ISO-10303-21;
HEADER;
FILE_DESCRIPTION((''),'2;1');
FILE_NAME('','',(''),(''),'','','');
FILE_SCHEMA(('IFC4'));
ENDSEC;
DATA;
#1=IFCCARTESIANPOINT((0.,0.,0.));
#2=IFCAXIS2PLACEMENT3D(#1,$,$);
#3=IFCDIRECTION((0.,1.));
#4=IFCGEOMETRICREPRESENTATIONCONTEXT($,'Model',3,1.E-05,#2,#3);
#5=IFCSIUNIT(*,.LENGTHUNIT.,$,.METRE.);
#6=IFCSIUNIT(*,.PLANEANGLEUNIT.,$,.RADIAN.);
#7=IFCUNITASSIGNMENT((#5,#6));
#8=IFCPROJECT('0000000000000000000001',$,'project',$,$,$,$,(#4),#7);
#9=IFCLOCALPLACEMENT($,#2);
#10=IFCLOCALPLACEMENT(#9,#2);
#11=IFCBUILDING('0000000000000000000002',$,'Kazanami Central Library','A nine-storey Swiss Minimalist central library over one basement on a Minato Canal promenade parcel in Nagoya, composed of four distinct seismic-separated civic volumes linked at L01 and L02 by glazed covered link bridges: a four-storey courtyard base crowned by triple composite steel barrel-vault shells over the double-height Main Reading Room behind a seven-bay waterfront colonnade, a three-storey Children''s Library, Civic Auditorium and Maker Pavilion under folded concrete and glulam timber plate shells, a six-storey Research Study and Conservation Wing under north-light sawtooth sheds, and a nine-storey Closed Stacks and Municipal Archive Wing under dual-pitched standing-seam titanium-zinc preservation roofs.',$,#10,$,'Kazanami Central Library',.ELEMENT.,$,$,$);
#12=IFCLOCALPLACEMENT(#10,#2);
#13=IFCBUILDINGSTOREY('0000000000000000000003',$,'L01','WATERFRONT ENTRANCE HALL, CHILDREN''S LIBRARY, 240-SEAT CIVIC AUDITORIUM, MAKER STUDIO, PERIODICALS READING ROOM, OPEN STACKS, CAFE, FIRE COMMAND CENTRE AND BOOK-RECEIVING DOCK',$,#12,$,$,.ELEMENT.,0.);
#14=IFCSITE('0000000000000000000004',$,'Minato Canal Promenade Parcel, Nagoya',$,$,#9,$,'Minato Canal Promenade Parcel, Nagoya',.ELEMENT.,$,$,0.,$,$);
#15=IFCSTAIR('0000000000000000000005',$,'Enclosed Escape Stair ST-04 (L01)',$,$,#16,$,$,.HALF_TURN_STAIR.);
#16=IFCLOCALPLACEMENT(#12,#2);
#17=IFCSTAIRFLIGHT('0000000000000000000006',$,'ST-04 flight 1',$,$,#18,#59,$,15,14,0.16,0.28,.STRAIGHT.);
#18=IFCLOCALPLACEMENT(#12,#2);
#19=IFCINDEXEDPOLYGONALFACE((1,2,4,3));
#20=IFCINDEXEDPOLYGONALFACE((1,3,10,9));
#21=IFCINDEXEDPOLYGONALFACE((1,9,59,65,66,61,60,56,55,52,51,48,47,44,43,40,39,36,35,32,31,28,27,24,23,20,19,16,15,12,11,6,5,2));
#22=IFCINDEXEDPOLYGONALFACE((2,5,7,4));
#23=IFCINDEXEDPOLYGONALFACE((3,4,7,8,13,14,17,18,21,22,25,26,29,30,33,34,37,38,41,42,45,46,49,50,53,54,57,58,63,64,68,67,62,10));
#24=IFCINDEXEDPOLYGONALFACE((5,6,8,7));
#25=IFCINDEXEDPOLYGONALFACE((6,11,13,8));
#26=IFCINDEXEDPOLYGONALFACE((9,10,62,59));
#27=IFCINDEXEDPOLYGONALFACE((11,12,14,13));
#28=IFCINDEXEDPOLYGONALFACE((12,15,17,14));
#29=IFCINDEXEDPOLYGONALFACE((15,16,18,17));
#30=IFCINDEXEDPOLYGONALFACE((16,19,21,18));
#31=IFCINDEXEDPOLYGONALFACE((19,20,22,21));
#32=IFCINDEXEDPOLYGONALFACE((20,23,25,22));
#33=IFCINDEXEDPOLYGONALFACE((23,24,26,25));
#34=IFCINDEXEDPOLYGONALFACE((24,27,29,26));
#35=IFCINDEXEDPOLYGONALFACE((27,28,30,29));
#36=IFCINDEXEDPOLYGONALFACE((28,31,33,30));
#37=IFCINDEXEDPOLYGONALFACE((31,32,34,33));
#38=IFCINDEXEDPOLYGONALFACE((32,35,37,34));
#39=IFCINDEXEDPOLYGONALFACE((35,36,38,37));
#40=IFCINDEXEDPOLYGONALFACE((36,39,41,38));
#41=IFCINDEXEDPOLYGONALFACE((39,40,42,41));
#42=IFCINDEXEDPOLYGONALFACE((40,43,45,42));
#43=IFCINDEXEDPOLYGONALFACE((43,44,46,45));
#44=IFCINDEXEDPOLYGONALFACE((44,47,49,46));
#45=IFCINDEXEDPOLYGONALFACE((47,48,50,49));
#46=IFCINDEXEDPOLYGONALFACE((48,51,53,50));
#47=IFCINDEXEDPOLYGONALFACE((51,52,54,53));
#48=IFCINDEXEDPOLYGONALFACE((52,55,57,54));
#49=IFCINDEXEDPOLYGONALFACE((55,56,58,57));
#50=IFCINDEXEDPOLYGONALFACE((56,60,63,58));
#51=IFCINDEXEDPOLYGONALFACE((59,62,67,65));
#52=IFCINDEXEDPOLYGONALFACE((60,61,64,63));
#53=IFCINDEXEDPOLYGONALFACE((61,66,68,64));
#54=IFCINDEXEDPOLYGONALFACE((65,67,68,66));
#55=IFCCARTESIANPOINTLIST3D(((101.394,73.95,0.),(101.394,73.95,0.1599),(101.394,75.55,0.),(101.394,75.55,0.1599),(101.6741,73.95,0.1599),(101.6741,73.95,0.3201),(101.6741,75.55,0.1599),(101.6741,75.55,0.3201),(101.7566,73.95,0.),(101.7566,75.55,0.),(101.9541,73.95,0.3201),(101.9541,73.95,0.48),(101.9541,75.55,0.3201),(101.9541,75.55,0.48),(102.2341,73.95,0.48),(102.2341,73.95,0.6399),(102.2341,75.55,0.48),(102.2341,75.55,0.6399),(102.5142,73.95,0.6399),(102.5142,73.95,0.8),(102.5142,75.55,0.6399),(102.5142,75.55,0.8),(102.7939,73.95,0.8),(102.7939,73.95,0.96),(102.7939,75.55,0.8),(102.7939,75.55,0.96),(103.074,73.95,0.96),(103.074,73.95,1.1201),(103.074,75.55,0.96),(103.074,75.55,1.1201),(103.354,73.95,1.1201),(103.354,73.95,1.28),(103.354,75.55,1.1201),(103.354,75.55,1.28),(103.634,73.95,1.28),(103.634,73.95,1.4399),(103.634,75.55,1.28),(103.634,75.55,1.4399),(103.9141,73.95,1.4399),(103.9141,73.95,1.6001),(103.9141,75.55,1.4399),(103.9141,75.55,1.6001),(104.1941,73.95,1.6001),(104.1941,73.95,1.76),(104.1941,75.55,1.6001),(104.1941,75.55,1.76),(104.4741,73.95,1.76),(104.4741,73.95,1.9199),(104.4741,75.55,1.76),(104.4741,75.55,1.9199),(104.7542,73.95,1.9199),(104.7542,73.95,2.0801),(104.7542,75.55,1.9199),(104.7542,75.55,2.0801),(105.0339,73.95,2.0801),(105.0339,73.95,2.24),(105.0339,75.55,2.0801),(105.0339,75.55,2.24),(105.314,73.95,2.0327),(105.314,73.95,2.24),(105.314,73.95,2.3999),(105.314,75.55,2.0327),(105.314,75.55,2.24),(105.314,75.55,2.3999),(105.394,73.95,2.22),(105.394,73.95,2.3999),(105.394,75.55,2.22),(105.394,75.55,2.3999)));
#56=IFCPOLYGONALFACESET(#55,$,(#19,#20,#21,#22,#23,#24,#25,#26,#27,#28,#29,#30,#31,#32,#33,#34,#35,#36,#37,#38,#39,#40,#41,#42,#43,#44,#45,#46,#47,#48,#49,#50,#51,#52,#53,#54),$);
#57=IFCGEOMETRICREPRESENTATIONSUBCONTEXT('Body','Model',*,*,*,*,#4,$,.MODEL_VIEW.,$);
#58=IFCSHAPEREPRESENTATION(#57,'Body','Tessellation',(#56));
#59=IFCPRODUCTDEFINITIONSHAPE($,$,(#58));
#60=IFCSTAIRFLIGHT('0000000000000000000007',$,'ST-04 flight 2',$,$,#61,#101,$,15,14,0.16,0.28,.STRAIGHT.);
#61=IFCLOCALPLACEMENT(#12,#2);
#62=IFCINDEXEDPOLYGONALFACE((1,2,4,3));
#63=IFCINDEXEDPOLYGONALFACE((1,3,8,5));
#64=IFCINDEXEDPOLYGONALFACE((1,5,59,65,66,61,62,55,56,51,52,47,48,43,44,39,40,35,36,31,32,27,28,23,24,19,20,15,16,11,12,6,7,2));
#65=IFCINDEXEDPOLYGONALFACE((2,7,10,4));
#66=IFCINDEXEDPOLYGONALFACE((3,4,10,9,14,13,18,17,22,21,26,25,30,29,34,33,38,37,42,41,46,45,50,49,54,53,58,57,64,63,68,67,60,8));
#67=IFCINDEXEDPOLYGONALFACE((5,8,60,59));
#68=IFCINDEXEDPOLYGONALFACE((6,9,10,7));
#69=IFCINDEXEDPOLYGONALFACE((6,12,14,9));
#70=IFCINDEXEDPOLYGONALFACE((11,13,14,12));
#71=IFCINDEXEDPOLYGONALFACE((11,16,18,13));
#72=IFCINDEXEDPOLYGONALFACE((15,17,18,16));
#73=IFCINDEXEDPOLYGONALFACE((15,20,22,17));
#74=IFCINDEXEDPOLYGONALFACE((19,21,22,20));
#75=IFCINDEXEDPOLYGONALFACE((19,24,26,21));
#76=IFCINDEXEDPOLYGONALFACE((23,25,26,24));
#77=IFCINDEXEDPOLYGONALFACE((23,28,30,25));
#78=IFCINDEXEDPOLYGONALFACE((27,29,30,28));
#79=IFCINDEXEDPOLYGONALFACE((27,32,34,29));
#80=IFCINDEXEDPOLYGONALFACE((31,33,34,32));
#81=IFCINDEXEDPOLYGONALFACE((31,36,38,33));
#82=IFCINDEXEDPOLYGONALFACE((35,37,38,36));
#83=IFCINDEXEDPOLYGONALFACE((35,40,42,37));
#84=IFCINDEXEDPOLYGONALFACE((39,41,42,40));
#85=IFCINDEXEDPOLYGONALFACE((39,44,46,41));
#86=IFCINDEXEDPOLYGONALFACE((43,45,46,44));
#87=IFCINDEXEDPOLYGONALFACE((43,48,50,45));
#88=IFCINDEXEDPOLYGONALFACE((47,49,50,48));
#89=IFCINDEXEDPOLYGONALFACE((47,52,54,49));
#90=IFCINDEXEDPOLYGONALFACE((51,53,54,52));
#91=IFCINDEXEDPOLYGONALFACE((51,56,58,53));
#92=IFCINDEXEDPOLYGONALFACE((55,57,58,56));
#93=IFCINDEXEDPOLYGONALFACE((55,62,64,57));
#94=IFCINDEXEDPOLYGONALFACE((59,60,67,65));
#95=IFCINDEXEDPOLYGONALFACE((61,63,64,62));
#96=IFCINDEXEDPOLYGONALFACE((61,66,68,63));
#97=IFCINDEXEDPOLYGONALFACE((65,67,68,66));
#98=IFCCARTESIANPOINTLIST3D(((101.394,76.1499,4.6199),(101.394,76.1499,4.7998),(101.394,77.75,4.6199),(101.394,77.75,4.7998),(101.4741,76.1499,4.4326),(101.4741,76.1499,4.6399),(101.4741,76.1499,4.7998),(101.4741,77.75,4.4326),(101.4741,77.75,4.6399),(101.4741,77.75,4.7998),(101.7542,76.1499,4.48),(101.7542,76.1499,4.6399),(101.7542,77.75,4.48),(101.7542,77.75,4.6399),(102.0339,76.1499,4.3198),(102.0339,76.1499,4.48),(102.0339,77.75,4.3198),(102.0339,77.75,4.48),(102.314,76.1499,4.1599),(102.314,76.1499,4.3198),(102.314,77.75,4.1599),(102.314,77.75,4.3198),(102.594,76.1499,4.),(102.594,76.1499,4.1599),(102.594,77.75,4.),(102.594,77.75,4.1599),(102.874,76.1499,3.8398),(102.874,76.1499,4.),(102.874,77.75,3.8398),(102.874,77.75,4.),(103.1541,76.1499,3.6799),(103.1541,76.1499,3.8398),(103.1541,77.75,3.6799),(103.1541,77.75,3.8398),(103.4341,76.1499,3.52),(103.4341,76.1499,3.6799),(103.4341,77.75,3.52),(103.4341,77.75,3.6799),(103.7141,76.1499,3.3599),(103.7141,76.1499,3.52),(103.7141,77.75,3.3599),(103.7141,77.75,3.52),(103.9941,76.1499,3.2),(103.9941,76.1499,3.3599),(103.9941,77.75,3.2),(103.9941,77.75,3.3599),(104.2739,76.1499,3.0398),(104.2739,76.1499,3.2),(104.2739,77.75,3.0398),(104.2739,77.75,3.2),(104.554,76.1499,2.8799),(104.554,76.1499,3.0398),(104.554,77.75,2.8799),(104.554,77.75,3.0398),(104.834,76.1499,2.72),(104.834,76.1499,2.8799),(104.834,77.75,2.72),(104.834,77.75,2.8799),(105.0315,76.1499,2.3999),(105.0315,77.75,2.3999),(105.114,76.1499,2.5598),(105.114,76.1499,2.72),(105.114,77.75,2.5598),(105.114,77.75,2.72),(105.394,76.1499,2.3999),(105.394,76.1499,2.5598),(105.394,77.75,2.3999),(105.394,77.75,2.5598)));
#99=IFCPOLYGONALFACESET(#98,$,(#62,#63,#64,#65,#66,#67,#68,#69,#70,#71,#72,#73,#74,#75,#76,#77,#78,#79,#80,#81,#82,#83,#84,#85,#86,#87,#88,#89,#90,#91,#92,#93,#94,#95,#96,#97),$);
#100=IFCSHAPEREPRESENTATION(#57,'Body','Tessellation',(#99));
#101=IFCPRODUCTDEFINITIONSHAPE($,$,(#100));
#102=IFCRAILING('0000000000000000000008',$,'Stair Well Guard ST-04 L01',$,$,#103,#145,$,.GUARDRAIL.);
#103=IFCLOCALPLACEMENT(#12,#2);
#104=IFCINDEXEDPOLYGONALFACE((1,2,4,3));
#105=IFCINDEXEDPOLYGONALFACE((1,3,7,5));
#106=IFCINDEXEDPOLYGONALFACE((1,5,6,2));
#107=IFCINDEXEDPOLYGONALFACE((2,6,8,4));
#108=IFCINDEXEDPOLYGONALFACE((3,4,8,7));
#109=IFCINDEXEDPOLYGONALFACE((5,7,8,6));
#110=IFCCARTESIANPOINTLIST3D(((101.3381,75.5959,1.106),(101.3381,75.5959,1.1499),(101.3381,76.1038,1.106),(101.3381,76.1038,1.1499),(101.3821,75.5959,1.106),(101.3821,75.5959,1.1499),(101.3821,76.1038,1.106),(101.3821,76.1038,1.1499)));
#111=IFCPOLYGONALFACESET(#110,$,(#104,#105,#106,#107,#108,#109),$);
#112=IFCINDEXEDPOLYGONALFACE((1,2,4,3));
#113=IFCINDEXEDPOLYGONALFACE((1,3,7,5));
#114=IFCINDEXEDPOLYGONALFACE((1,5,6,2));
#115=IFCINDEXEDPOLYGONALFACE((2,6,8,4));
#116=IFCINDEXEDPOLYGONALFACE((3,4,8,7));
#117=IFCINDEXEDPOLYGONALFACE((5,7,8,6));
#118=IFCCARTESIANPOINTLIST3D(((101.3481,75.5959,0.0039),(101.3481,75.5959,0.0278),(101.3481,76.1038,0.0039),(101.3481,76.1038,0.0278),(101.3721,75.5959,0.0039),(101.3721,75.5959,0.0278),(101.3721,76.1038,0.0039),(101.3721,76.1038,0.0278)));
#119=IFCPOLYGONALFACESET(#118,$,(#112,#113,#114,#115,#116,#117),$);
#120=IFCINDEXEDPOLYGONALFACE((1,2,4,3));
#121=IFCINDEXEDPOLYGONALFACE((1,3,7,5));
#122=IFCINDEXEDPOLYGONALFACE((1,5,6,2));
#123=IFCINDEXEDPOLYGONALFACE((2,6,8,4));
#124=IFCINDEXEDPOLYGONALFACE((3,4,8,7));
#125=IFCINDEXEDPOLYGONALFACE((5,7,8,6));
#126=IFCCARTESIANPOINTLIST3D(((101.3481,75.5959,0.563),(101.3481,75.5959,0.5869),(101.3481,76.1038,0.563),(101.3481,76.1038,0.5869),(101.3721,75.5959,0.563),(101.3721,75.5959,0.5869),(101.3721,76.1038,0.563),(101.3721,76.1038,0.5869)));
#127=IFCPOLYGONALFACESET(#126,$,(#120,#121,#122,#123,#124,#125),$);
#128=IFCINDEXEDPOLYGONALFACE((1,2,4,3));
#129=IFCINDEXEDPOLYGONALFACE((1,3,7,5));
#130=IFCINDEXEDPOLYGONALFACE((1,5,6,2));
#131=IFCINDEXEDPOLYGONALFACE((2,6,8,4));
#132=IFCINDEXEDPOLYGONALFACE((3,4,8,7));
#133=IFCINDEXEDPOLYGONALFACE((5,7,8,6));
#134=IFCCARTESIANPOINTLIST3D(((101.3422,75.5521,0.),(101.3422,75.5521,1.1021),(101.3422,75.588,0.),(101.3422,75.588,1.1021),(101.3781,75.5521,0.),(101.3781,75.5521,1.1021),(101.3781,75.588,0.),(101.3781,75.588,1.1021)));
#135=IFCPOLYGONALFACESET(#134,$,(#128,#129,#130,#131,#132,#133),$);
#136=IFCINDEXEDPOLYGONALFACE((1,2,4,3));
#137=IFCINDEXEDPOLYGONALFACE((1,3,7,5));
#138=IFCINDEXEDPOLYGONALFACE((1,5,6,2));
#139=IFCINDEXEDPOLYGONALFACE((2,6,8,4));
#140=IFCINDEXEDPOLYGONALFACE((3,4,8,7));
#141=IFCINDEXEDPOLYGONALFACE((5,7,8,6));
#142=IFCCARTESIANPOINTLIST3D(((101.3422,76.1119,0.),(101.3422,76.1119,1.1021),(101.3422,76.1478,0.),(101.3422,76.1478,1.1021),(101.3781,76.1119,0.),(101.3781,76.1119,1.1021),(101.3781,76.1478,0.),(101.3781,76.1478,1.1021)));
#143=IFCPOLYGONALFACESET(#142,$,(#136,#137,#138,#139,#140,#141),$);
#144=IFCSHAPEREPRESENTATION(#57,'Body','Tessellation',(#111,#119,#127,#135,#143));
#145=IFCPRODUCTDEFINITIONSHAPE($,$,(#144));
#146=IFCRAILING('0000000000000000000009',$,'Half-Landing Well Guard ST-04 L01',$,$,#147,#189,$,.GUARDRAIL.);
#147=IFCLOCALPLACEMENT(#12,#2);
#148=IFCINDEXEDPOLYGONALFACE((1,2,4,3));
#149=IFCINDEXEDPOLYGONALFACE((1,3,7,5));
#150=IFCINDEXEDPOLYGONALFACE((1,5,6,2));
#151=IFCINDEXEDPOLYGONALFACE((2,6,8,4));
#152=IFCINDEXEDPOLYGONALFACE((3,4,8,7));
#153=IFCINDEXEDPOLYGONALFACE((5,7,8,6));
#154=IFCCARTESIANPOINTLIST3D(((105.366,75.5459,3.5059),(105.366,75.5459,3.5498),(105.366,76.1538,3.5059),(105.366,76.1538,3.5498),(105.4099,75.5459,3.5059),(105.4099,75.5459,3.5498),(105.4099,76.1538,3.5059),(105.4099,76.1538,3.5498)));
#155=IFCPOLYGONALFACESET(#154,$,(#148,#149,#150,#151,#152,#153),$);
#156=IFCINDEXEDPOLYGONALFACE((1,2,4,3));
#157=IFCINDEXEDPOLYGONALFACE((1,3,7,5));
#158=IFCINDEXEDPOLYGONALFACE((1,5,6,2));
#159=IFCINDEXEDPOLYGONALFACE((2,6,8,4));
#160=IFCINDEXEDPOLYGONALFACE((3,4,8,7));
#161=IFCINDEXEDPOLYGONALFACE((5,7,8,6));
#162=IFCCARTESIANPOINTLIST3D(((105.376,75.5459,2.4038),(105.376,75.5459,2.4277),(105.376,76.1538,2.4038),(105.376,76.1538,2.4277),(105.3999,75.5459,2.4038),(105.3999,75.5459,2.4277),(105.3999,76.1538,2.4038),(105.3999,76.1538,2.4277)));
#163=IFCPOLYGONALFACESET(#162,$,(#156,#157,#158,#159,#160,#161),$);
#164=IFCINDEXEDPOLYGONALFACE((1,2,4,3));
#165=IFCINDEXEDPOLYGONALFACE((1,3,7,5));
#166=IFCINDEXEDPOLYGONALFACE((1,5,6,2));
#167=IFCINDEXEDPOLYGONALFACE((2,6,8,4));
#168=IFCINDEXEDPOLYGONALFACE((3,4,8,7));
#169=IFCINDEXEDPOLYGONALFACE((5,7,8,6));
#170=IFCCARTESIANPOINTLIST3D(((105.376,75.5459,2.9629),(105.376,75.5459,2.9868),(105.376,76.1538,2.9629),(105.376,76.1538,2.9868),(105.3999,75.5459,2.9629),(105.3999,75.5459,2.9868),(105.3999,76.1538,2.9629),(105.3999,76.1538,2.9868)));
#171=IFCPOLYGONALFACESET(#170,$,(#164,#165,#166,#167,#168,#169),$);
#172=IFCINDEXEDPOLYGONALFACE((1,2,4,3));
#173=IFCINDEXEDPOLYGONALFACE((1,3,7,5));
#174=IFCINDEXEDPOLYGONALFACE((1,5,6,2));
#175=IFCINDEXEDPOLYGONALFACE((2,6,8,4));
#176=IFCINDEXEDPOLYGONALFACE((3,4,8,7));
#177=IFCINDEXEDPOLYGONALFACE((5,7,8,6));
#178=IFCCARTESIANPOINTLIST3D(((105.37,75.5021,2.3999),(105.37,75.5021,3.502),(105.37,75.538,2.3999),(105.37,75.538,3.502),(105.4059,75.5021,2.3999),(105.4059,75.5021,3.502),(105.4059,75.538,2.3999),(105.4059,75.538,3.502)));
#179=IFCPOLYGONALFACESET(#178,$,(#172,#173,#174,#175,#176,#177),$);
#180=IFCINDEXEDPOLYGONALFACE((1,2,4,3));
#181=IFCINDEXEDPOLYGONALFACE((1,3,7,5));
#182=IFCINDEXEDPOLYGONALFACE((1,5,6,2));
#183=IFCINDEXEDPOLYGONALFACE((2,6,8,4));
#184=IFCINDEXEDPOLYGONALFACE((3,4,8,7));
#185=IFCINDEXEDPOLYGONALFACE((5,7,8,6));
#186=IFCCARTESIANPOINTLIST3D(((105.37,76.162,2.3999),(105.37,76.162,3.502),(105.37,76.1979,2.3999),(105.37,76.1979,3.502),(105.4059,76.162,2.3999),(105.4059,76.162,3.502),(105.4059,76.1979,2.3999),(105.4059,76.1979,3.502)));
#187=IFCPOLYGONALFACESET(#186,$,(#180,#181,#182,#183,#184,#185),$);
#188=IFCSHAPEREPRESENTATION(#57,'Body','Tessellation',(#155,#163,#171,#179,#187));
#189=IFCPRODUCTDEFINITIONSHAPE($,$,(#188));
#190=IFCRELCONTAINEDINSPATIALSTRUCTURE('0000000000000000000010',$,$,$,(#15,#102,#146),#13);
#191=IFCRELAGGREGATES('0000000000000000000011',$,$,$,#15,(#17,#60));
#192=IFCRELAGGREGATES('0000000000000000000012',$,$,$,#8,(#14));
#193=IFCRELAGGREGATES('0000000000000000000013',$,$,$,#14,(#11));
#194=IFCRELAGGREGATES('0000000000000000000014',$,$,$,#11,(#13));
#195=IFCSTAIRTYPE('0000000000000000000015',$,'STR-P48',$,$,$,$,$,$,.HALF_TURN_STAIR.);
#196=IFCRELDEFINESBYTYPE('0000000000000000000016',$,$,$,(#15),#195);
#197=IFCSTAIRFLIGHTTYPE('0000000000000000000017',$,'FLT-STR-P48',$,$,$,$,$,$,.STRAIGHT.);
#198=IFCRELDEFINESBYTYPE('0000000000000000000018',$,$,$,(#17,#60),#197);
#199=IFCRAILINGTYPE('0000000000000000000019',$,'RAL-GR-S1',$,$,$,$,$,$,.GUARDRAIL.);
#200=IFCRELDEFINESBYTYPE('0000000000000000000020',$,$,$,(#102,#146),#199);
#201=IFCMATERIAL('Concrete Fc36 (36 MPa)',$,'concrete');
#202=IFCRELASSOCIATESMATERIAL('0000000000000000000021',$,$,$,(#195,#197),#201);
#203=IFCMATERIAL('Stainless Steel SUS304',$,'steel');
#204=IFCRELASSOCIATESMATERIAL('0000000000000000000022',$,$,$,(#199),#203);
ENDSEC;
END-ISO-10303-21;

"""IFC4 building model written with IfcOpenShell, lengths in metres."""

from ifc_helpers import new_model, si_unit, direction, frame, origin, origin_2d, place, context, subcontext, project, spatial, polyline, rectangle, outline, extrude, material, type_object, element, aggregate, save


model = new_model("IFC4")

# Units and contexts
model_context = context("Model", 3, precision=1e-05, world=origin(), true_north=direction((0.0, 1.0)))
body_context = subcontext(model_context, "Body", "Model", "MODEL_VIEW")
ifc_project = project(units=[si_unit("LENGTHUNIT", "METRE"), si_unit("PLANEANGLEUNIT", "RADIAN")], contexts=[model_context])

# Site, building, storey
site_placement = place(None, origin())
site = spatial("IfcSite", under=ifc_project, at=site_placement, Name="Minato Canal Promenade Parcel, Nagoya", LongName="Minato Canal Promenade Parcel, Nagoya", CompositionType="ELEMENT", RefElevation=0.0)
building_placement = place(site_placement, origin())
building = spatial("IfcBuilding", under=site, at=building_placement, Name="Kazanami Central Library", Description="A nine-storey Swiss Minimalist central library over one basement on a Minato Canal promenade parcel in Nagoya, composed of four distinct seismic-separated civic volumes linked at L01 and L02 by glazed covered link bridges: a four-storey courtyard base crowned by triple composite steel barrel-vault shells over the double-height Main Reading Room behind a seven-bay waterfront colonnade, a three-storey Children's Library, Civic Auditorium and Maker Pavilion under folded concrete and glulam timber plate shells, a six-storey Research Study and Conservation Wing under north-light sawtooth sheds, and a nine-storey Closed Stacks and Municipal Archive Wing under dual-pitched standing-seam titanium-zinc preservation roofs.", LongName="Kazanami Central Library", CompositionType="ELEMENT")
storey_placement = place(building_placement, origin())
storey = spatial("IfcBuildingStorey", under=building, at=storey_placement, Name="L01", Description="WATERFRONT ENTRANCE HALL, CHILDREN'S LIBRARY, 240-SEAT CIVIC AUDITORIUM, MAKER STUDIO, PERIODICALS READING ROOM, OPEN STACKS, CAFE, FIRE COMMAND CENTRE AND BOOK-RECEIVING DOCK", CompositionType="ELEMENT", Elevation=0.0)

# Shared definitions
ifc_material_1 = material(Name="Concrete Fc36 (36 MPa)", Category="concrete")

# Shared definitions
ifc_material_2 = material(Name="Stainless Steel SUS304", Category="steel")

# Stair, stair flights
stair_type = type_object("IfcStairType", Name="STR-P48", PredefinedType="HALF_TURN_STAIR", material=ifc_material_1)
stair_placement = place(storey_placement, origin())
stair = element("IfcStair", 1, at=stair_placement, inside=storey, type_object=stair_type, Name="Enclosed Escape Stair ST-04 (L01)", PredefinedType="HALF_TURN_STAIR")
stair_flight_type = type_object("IfcStairFlightType", Name="FLT-STR-P48", PredefinedType="STRAIGHT", material=ifc_material_1)
stair_flight_1_placement = place(storey_placement, frame((101.394, 74.75, 0.0), z_axis=(0.0, 0.0, 1.0), x_axis=(1.0, 0.0, 0.0)))
stair_flight_1 = element("IfcStairFlight", 2, at=stair_flight_1_placement, type_object=stair_flight_type, Name="ST-04 flight 1", NumberOfRisers=15, NumberOfTreads=14, PredefinedType="STRAIGHT", RiserHeight=0.16, TreadLength=0.28, context=body_context, shape_type="SweptSolid", body=[
    extrude(outline(polyline([(0.0, 0.0), (0.0, 0.1599), (0.28, 0.1599), (0.28, 0.3201), (0.5601, 0.3201), (0.5601, 0.48), (0.8401, 0.48), (0.8401, 0.6399), (1.1201, 0.6399), (1.1201, 0.8), (1.3999, 0.8), (1.3999, 0.96), (1.6799, 0.96), (1.6799, 1.1201), (1.96, 1.1201), (1.96, 1.28), (2.24, 1.28), (2.24, 1.4399), (2.52, 1.4399), (2.52, 1.6001), (2.8, 1.6001), (2.8, 1.76), (3.0801, 1.76), (3.0801, 1.9199), (3.3601, 1.9199), (3.3601, 2.0801), (3.6399, 2.0801), (3.6399, 2.24), (3.9199, 2.24), (3.9199, 2.3999), (4.0, 2.3999), (4.0, 2.22), (3.9199, 2.0327), (0.3625, 0.0), (0.0, 0.0)])), frame((0.0, 0.8, 0.0), z_axis=(0.0, -1.0, 0.0), x_axis=(1.0, 0.0, 0.0)), (0.0, 0.0, 1.0), 1.6001),
])
stair_flight_2_placement = place(storey_placement, frame((105.394, 76.95, 2.3999), z_axis=(0.0, 0.0, 1.0), x_axis=(-1.0, 0.0, 0.0)))
stair_flight_2 = element("IfcStairFlight", 3, at=stair_flight_2_placement, type_object=stair_flight_type, Name="ST-04 flight 2", NumberOfRisers=15, NumberOfTreads=14, PredefinedType="STRAIGHT", RiserHeight=0.16, TreadLength=0.28, context=body_context, shape_type="SweptSolid", body=[
    extrude(outline(polyline([(0.0, 0.0), (0.0, 0.1599), (0.28, 0.1599), (0.28, 0.3201), (0.5601, 0.3201), (0.5601, 0.48), (0.8401, 0.48), (0.8401, 0.6399), (1.1201, 0.6399), (1.1201, 0.8), (1.3999, 0.8), (1.3999, 0.96), (1.6799, 0.96), (1.6799, 1.1201), (1.96, 1.1201), (1.96, 1.28), (2.24, 1.28), (2.24, 1.4399), (2.52, 1.4399), (2.52, 1.6001), (2.8, 1.6001), (2.8, 1.76), (3.0801, 1.76), (3.0801, 1.9199), (3.3601, 1.9199), (3.3601, 2.0801), (3.6399, 2.0801), (3.6399, 2.24), (3.9199, 2.24), (3.9199, 2.3999), (4.0, 2.3999), (4.0, 2.22), (3.9199, 2.0327), (0.3625, 0.0), (0.0, 0.0)])), frame((0.0, 0.8, 0.0), z_axis=(0.0, -1.0, 0.0), x_axis=(1.0, 0.0, 0.0)), (0.0, 0.0, 1.0), 1.6001),
])
aggregate(stair, [stair_flight_1, stair_flight_2])

# Railings
railing_type_1 = type_object("IfcRailingType", Name="RAL-GR-S1", PredefinedType="GUARDRAIL", material=ifc_material_2)
railing_1_placement = place(storey_placement, frame((101.3601, 75.5701, 0.0)))
element("IfcRailing", 4, at=railing_1_placement, inside=storey, type_object=railing_type_1, Name="Stair Well Guard ST-04 L01", PredefinedType="GUARDRAIL", context=body_context, shape_type="SweptSolid", body=[
    extrude(rectangle(XDim=0.0439, YDim=0.0439, at=origin_2d()), frame((0.0, 0.0259, 1.1279), z_axis=(0.0, 1.0, 0.0), x_axis=(-1.0, 0.0, 0.0)), (0.0, 0.0, 1.0), 0.5078),
    extrude(rectangle(XDim=0.0239, YDim=0.0239, at=origin_2d()), frame((0.0, 0.0259, 0.0159), z_axis=(0.0, 1.0, 0.0), x_axis=(-1.0, 0.0, 0.0)), (0.0, 0.0, 1.0), 0.5078),
    extrude(rectangle(XDim=0.0239, YDim=0.0239, at=origin_2d()), frame((0.0, 0.0259, 0.575), z_axis=(0.0, 1.0, 0.0), x_axis=(-1.0, 0.0, 0.0)), (0.0, 0.0, 1.0), 0.5078),
    extrude(rectangle(XDim=0.0359, YDim=0.0359, at=origin_2d()), origin(), (0.0, 0.0, 1.0), 1.1021),
    extrude(rectangle(XDim=0.0359, YDim=0.0359, at=origin_2d()), frame((0.0, 0.5598, 0.0)), (0.0, 0.0, 1.0), 1.1021),
])
railing_2_placement = place(storey_placement, frame((105.3879, 75.52, 2.3999)))
element("IfcRailing", 5, at=railing_2_placement, inside=storey, type_object=railing_type_1, Name="Half-Landing Well Guard ST-04 L01", PredefinedType="GUARDRAIL", context=body_context, shape_type="SweptSolid", body=[
    extrude(rectangle(XDim=0.0439, YDim=0.0439, at=origin_2d()), frame((0.0, 0.0259, 1.1279), z_axis=(0.0, 1.0, 0.0), x_axis=(-1.0, 0.0, 0.0)), (0.0, 0.0, 1.0), 0.6079),
    extrude(rectangle(XDim=0.0239, YDim=0.0239, at=origin_2d()), frame((0.0, 0.0259, 0.0159), z_axis=(0.0, 1.0, 0.0), x_axis=(-1.0, 0.0, 0.0)), (0.0, 0.0, 1.0), 0.6079),
    extrude(rectangle(XDim=0.0239, YDim=0.0239, at=origin_2d()), frame((0.0, 0.0259, 0.575), z_axis=(0.0, 1.0, 0.0), x_axis=(-1.0, 0.0, 0.0)), (0.0, 0.0, 1.0), 0.6079),
    extrude(rectangle(XDim=0.0359, YDim=0.0359, at=origin_2d()), origin(), (0.0, 0.0, 1.0), 1.1021),
    extrude(rectangle(XDim=0.0359, YDim=0.0359, at=origin_2d()), frame((0.0, 0.6599, 0.0)), (0.0, 0.0, 1.0), 1.1021),
])

save(model, "model.ifc")
